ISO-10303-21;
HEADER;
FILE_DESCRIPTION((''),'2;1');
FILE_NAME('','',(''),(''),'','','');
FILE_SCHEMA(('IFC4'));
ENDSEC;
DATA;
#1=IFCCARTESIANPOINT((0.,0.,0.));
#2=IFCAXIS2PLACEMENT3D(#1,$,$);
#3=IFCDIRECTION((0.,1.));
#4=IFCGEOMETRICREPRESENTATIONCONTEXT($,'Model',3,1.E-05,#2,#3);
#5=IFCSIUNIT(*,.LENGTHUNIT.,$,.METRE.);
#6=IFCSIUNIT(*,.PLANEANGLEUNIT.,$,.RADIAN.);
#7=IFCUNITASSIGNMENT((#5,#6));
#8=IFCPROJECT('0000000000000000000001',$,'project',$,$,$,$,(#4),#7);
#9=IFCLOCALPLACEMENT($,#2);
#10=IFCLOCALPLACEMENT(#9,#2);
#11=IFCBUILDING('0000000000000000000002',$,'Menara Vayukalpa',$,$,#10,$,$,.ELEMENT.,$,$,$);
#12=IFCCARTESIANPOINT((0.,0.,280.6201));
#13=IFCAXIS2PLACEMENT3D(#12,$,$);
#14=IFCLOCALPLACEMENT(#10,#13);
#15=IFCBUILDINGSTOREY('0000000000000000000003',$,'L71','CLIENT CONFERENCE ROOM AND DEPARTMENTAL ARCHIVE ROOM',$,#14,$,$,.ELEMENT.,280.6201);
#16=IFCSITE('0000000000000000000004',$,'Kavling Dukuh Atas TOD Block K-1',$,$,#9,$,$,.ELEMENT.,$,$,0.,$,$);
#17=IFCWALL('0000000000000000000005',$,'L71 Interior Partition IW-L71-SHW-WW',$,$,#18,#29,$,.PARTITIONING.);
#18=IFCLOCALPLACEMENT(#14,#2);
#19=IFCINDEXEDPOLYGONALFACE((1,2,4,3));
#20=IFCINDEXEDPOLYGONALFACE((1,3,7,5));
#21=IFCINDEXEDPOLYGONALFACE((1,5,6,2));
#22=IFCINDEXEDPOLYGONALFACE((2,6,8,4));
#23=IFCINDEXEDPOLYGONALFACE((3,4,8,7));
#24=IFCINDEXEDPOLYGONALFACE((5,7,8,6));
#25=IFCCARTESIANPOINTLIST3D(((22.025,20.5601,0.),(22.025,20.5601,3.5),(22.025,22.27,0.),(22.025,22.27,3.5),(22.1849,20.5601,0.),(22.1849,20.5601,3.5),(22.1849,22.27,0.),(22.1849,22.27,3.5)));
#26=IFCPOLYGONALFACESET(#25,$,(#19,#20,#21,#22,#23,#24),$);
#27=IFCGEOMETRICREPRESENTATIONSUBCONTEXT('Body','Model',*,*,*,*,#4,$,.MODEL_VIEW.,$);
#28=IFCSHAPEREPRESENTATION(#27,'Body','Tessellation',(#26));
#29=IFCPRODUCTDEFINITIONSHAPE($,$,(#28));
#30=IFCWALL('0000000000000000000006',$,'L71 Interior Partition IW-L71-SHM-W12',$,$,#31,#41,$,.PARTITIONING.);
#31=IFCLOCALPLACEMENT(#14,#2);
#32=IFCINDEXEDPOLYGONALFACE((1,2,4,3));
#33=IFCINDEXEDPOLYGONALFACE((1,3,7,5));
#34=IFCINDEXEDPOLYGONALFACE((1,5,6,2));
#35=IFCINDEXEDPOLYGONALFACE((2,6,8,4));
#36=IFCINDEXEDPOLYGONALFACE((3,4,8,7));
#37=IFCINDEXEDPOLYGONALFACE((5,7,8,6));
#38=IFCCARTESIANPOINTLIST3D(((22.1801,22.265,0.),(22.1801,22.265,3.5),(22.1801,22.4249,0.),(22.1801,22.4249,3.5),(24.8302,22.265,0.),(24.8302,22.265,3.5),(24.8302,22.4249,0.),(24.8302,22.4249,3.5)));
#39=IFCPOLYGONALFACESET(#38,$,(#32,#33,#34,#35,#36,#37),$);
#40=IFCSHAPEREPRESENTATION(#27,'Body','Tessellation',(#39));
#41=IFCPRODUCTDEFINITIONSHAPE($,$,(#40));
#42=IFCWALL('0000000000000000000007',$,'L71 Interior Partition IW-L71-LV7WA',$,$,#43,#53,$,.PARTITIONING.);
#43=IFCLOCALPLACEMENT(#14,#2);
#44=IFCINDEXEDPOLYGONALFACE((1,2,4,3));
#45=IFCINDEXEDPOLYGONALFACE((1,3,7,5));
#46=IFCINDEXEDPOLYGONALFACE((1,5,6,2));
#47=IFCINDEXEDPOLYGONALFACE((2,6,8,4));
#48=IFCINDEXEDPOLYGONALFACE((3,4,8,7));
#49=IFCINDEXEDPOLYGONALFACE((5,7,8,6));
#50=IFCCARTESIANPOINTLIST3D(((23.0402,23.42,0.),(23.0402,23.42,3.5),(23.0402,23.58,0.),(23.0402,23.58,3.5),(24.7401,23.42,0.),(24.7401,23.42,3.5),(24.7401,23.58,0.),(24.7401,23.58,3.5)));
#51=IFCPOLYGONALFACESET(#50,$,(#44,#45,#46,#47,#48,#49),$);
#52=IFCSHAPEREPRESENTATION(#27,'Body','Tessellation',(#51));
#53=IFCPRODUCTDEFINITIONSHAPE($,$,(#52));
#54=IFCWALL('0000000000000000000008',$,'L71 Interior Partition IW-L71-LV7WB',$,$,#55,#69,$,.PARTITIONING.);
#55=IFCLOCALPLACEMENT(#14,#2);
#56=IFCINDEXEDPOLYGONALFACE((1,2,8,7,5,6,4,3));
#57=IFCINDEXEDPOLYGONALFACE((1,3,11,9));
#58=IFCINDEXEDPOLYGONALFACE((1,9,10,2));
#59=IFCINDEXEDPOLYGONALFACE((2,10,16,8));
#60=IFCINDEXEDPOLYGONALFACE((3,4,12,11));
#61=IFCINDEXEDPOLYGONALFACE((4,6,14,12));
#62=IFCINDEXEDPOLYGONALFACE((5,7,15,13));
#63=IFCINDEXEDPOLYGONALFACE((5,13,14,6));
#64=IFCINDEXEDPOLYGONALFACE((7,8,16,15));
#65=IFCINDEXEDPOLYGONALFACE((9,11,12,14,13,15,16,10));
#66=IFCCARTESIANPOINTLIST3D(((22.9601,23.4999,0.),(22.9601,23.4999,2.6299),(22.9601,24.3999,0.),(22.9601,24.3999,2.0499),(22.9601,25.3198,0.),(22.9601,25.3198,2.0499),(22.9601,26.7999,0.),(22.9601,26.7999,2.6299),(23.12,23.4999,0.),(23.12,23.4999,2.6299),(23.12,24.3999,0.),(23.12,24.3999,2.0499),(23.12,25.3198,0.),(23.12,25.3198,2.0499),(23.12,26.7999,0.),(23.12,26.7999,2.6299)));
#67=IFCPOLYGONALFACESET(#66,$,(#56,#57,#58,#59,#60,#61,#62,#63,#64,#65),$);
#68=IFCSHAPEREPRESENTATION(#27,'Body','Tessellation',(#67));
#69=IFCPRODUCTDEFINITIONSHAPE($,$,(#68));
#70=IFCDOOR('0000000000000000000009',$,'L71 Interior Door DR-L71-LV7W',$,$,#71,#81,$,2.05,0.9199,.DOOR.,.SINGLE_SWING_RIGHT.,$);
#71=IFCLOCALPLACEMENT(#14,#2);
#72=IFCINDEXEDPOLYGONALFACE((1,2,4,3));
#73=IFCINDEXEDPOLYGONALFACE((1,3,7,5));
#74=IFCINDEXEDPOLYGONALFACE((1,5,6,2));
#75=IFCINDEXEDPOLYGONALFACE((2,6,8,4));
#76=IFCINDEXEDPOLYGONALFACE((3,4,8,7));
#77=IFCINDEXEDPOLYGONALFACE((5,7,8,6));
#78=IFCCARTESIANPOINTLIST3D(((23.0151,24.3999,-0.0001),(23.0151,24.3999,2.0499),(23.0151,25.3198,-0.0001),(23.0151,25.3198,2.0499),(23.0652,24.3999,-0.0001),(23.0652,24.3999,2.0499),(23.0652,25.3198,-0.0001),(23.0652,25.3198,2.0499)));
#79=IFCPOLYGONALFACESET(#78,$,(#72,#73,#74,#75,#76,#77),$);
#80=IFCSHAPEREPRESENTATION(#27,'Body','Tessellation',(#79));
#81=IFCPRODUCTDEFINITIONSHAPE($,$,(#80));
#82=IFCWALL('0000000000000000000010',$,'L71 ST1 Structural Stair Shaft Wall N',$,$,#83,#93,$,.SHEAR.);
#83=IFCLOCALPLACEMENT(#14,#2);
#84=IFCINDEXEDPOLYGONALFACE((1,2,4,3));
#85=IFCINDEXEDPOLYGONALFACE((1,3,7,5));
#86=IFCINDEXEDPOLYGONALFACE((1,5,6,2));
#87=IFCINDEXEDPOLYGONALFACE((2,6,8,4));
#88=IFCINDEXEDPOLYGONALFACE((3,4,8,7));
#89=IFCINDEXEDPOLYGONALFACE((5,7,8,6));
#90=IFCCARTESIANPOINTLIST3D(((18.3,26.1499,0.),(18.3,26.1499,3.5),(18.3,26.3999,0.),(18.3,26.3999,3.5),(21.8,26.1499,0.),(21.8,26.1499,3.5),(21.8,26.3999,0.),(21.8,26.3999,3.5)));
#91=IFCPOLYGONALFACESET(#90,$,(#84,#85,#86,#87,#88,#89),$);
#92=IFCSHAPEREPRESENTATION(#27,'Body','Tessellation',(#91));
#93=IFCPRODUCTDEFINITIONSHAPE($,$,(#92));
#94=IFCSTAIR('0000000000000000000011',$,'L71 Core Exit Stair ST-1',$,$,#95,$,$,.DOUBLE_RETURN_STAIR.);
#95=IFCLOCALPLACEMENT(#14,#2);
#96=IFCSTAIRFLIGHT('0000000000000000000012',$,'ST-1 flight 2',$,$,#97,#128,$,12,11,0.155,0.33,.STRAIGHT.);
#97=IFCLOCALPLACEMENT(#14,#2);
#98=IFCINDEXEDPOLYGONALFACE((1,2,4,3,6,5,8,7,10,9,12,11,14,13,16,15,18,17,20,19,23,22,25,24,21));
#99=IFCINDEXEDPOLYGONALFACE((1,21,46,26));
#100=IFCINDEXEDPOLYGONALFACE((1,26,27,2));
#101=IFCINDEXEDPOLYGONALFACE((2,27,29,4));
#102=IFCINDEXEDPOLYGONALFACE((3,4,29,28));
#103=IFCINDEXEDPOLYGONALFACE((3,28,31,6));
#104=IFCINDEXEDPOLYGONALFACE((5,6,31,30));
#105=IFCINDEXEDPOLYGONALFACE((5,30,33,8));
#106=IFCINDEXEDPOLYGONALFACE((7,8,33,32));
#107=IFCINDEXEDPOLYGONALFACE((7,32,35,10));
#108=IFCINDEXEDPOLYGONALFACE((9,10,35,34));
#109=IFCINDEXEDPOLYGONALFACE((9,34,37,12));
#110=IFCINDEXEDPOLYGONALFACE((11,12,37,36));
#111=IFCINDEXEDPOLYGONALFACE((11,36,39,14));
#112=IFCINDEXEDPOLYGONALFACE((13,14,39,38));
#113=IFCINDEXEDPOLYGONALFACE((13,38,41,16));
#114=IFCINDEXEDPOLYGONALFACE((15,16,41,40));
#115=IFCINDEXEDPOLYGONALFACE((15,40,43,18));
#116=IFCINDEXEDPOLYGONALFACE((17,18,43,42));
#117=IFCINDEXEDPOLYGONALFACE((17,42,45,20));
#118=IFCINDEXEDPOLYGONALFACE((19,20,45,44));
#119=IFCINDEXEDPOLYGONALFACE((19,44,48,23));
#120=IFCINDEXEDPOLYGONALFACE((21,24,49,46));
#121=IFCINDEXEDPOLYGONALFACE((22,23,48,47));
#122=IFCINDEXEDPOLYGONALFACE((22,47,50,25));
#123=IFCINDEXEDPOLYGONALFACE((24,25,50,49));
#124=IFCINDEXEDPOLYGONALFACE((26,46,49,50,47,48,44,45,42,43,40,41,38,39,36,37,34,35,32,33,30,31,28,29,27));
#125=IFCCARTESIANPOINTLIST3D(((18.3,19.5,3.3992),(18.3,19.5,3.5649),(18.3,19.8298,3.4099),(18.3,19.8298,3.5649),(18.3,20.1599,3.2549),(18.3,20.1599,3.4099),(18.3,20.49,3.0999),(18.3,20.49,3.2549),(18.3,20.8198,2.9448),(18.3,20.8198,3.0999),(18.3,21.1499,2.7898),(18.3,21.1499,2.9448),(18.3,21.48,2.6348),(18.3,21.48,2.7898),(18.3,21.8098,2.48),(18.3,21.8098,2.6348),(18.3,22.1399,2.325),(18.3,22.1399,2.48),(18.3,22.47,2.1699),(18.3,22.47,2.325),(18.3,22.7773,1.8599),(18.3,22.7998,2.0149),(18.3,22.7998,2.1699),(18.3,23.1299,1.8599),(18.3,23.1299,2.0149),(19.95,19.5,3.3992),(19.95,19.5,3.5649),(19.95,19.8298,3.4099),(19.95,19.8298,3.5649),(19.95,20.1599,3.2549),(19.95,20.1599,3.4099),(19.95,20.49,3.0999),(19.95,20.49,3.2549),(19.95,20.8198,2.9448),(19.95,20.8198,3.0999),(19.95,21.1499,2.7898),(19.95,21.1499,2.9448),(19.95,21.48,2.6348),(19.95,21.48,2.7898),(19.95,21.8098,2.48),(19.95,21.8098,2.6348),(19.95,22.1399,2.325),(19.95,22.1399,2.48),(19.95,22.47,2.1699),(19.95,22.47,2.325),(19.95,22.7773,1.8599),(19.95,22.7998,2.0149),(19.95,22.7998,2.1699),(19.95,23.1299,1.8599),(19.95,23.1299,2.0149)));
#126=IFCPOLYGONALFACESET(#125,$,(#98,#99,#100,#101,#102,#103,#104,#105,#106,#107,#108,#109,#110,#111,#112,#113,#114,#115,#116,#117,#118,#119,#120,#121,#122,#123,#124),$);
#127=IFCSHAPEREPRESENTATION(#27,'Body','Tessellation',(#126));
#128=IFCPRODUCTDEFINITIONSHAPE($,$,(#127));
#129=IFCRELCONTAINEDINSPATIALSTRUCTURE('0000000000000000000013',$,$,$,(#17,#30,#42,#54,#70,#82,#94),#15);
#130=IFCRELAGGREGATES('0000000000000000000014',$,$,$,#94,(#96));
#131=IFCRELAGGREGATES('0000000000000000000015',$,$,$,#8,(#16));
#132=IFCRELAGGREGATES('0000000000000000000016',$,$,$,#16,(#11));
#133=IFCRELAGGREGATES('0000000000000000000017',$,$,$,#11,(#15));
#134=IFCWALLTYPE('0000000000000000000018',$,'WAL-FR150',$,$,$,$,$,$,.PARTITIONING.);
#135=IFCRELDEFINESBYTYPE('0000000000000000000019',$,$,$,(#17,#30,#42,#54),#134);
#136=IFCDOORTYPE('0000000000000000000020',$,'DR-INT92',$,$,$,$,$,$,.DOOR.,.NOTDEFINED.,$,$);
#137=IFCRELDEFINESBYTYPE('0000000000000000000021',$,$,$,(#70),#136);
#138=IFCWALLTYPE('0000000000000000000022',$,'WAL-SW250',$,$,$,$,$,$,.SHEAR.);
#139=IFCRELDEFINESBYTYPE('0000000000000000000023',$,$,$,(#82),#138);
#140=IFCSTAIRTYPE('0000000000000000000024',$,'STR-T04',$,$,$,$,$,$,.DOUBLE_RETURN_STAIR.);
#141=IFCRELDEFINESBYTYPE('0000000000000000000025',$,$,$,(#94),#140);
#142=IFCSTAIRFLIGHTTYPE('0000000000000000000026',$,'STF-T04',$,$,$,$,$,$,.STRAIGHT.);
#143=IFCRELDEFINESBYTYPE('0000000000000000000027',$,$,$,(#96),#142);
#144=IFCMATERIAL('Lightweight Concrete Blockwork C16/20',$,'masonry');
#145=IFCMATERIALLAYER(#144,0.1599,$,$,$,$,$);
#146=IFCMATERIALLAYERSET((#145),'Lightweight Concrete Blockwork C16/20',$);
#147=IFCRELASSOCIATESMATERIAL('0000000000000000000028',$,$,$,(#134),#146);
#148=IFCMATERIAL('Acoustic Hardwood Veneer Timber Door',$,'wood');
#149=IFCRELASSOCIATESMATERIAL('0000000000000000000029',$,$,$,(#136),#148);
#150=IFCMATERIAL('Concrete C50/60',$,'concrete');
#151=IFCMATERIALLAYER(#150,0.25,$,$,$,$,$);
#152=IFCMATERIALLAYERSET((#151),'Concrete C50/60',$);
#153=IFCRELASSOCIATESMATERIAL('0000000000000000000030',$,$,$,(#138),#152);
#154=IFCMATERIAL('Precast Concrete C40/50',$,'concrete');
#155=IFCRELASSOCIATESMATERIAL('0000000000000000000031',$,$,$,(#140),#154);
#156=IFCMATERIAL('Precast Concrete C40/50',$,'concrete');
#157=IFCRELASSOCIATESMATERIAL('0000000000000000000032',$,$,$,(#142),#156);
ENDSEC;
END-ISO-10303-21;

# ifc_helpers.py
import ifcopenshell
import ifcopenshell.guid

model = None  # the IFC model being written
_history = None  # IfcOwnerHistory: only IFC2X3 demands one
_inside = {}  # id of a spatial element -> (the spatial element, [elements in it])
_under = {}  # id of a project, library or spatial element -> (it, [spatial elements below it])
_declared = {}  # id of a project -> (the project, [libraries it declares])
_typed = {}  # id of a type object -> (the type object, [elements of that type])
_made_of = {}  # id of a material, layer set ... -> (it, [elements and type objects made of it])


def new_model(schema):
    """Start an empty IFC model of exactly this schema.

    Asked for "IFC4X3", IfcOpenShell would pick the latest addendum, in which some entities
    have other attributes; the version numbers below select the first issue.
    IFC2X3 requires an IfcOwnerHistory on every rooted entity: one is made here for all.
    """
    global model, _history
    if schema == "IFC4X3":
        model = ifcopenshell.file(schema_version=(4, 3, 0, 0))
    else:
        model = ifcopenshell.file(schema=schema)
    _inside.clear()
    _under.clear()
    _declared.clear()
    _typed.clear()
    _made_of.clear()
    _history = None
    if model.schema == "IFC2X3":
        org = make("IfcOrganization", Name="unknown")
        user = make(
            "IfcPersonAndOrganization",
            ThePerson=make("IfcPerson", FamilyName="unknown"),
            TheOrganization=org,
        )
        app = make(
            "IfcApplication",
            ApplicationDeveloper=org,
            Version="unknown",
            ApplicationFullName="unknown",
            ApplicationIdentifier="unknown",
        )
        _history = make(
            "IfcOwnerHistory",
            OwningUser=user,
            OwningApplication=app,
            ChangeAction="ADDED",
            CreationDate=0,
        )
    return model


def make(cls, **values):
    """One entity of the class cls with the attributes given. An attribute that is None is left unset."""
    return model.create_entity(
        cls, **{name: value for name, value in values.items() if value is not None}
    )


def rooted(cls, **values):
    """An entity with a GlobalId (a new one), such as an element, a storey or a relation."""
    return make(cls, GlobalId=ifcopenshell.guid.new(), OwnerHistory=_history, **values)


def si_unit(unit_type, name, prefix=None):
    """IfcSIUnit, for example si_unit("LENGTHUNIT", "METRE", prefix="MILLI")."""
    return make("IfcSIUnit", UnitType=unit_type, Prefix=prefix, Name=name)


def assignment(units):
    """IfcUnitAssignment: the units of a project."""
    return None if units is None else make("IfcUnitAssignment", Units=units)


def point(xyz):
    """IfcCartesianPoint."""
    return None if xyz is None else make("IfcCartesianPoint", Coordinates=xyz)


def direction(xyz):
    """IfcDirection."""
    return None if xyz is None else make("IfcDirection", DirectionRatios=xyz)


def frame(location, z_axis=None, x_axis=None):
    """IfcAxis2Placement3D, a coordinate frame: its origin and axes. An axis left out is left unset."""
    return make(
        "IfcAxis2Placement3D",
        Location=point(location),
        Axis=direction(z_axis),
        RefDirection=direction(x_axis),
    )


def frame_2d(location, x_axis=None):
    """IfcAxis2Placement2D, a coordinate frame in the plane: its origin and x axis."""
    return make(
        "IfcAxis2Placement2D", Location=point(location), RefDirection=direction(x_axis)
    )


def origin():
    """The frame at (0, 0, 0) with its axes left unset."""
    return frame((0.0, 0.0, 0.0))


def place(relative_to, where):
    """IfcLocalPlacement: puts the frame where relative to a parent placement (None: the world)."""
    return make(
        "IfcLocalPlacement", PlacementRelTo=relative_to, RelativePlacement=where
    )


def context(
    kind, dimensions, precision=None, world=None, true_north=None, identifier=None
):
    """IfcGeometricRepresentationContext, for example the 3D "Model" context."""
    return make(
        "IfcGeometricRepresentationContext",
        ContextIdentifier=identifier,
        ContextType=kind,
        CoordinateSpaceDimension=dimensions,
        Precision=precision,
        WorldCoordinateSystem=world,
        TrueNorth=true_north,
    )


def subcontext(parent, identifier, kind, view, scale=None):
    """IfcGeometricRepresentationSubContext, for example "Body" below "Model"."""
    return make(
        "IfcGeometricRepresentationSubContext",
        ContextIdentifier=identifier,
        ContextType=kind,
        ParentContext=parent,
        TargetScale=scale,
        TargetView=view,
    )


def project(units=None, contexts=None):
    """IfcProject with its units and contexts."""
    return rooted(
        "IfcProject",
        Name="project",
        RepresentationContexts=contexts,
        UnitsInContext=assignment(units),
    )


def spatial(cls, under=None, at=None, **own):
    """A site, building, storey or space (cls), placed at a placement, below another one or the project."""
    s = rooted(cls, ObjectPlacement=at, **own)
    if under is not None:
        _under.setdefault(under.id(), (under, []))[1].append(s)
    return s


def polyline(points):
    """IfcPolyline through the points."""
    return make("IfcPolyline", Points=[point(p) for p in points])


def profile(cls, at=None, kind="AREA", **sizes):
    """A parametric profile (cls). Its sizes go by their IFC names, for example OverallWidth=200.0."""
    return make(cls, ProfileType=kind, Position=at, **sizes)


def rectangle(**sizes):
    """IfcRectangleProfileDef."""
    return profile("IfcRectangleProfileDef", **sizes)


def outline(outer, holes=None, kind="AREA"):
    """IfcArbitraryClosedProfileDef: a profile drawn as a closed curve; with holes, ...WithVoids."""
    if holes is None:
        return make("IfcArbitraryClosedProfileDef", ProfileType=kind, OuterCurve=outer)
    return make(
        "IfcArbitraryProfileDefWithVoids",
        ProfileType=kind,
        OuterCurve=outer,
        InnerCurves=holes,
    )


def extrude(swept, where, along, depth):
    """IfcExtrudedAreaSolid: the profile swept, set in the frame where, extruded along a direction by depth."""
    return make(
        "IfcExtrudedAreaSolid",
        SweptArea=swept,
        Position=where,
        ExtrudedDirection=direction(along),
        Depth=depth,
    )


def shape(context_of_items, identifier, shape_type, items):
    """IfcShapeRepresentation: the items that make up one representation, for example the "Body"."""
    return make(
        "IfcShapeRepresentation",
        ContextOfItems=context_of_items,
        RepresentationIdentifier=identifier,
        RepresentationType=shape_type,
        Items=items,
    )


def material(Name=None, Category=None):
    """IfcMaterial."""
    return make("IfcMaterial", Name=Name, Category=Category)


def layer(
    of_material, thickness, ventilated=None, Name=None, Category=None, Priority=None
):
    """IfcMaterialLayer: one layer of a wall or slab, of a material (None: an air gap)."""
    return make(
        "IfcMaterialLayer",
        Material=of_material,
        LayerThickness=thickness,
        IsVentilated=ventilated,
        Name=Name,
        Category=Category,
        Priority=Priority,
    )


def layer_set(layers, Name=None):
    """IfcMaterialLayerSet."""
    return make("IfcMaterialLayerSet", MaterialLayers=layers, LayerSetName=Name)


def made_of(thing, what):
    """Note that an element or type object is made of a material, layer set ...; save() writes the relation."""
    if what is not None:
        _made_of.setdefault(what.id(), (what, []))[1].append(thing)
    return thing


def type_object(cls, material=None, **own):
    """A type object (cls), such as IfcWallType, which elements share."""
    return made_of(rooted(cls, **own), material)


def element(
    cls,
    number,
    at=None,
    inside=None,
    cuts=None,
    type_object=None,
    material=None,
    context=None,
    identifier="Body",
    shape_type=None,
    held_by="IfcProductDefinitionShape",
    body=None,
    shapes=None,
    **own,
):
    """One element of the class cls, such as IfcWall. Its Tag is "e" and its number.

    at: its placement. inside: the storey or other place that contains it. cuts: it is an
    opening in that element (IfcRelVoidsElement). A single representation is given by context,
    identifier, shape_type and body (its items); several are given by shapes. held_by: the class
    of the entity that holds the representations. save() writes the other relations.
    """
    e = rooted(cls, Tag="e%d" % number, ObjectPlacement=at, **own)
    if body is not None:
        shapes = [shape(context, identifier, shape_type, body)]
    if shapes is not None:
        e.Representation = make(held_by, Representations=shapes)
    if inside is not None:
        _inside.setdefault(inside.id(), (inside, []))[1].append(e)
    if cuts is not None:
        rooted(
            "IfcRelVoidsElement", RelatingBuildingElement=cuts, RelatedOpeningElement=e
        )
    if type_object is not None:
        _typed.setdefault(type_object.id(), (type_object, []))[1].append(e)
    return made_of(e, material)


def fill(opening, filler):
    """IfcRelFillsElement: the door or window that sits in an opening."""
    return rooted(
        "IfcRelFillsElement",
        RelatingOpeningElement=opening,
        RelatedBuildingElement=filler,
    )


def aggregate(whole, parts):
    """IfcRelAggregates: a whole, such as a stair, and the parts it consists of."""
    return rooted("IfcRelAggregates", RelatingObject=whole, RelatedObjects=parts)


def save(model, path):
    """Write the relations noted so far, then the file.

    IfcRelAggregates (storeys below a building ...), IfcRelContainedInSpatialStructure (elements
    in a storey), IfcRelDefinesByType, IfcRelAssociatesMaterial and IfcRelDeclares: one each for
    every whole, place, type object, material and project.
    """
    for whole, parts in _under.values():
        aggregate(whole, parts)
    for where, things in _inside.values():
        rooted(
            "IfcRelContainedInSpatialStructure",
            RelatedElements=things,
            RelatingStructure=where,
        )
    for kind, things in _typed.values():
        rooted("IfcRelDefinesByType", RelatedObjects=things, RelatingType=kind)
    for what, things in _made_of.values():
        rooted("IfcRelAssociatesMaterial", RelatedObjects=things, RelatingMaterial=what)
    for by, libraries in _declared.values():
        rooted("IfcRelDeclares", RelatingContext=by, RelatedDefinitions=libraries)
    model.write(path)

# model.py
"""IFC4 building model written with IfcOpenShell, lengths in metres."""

from ifc_helpers import new_model, si_unit, direction, frame, frame_2d, origin, place, context, subcontext, project, spatial, polyline, rectangle, outline, extrude, material, layer, layer_set, type_object, element, fill, aggregate, save


model = new_model("IFC4")

# Units and contexts
model_context = context("Model", 3, precision=1e-05, world=origin(), true_north=direction((0.0, 1.0)))
body_context = subcontext(model_context, "Body", "Model", "MODEL_VIEW")
ifc_project = project(units=[si_unit("LENGTHUNIT", "METRE"), si_unit("PLANEANGLEUNIT", "RADIAN")], contexts=[model_context])

# Site, building, storey
site_placement = place(None, origin())
site = spatial("IfcSite", under=ifc_project, at=site_placement, Name="Kavling Dukuh Atas TOD Block K-1", CompositionType="ELEMENT", RefElevation=0.0)
building_placement = place(site_placement, origin())
building = spatial("IfcBuilding", under=site, at=building_placement, Name="Menara Vayukalpa", CompositionType="ELEMENT")
storey_placement = place(building_placement, frame((0.0, 0.0, 280.6201)))
storey = spatial("IfcBuildingStorey", under=building, at=storey_placement, Name="L71", Description="CLIENT CONFERENCE ROOM AND DEPARTMENTAL ARCHIVE ROOM", CompositionType="ELEMENT", Elevation=280.6201)

# Walls
ifc_material_1 = material(Name="Lightweight Concrete Blockwork C16/20", Category="masonry")
ifc_layer_1 = layer(ifc_material_1, 0.1599)
ifc_layer_set_1 = layer_set([ifc_layer_1], Name="Lightweight Concrete Blockwork C16/20")
wall_type_1 = type_object("IfcWallType", Name="WAL-FR150", PredefinedType="PARTITIONING", material=ifc_layer_set_1)
wall_1_placement = place(storey_placement, frame((22.105, 20.5601, 0.0), z_axis=(0.0, 0.0, 1.0), x_axis=(0.0, 1.0, 0.0)))
element("IfcWall", 1, at=wall_1_placement, inside=storey, type_object=wall_type_1, Name="L71 Interior Partition IW-L71-SHW-WW", PredefinedType="PARTITIONING", context=body_context, shape_type="SweptSolid", body=[
    extrude(rectangle(XDim=1.71, YDim=0.1599, at=frame_2d((0.855, 0.0))), origin(), (0.0, 0.0, 1.0), 3.5),
])
wall_2_placement = place(storey_placement, frame((22.1799, 22.345, 0.0), z_axis=(0.0, 0.0, 1.0), x_axis=(1.0, 0.0, 0.0)))
element("IfcWall", 2, at=wall_2_placement, inside=storey, type_object=wall_type_1, Name="L71 Interior Partition IW-L71-SHM-W12", PredefinedType="PARTITIONING", context=body_context, shape_type="SweptSolid", body=[
    extrude(rectangle(XDim=2.6501, YDim=0.1599, at=frame_2d((1.3252, 0.0))), origin(), (0.0, 0.0, 1.0), 3.5),
])
wall_3_placement = place(storey_placement, frame((23.04, 23.5, 0.0), z_axis=(0.0, 0.0, 1.0), x_axis=(1.0, 0.0, 0.0)))
element("IfcWall", 3, at=wall_3_placement, inside=storey, type_object=wall_type_1, Name="L71 Interior Partition IW-L71-LV7WA", PredefinedType="PARTITIONING", context=body_context, shape_type="SweptSolid", body=[
    extrude(rectangle(XDim=1.7, YDim=0.1599, at=frame_2d((0.8501, 0.0))), origin(), (0.0, 0.0, 1.0), 3.5),
])

# Wall, opening, door
wall_4_placement = place(storey_placement, frame((23.04, 23.5, 0.0), z_axis=(0.0, 0.0, 1.0), x_axis=(0.0, 1.0, 0.0)))
wall_4 = element("IfcWall", 4, at=wall_4_placement, inside=storey, type_object=wall_type_1, Name="L71 Interior Partition IW-L71-LV7WB", PredefinedType="PARTITIONING", context=body_context, shape_type="SweptSolid", body=[
    extrude(rectangle(XDim=3.3, YDim=0.1599, at=frame_2d((1.6499, 0.0))), origin(), (0.0, 0.0, 1.0), 2.6299),
])
opening_placement = place(wall_4_placement, frame((0.8999, 0.0, 0.0)))
opening = element("IfcOpeningElement", 5, at=opening_placement, cuts=wall_4, PredefinedType="OPENING", context=body_context, shape_type="SweptSolid", body=[
    extrude(rectangle(XDim=0.9199, YDim=2.05, at=frame_2d((0.46, 1.0249))), frame((0.0, 0.0898, 0.0), z_axis=(0.0, -1.0, 0.0), x_axis=(1.0, 0.0, 0.0)), (0.0, 0.0, 1.0), 0.1799),
])
ifc_material_2 = material(Name="Acoustic Hardwood Veneer Timber Door", Category="wood")
door_type = type_object("IfcDoorType", Name="DR-INT92", OperationType="NOTDEFINED", PredefinedType="DOOR", material=ifc_material_2)
door_placement = place(opening_placement, origin())
door = element("IfcDoor", 6, at=door_placement, inside=storey, type_object=door_type, Name="L71 Interior Door DR-L71-LV7W", OperationType="SINGLE_SWING_RIGHT", OverallHeight=2.05, OverallWidth=0.9199, PredefinedType="DOOR", context=body_context, shape_type="SweptSolid", body=[
    extrude(rectangle(XDim=0.9199, YDim=2.05, at=frame_2d((0.46, 1.0249))), frame((0.0, 0.0249, 0.0), z_axis=(0.0, -1.0, 0.0), x_axis=(1.0, 0.0, 0.0)), (0.0, 0.0, 1.0), 0.05),
])
fill(opening, door)

# Wall
ifc_material_3 = material(Name="Concrete C50/60", Category="concrete")
ifc_layer_2 = layer(ifc_material_3, 0.25)
ifc_layer_set_2 = layer_set([ifc_layer_2], Name="Concrete C50/60")
wall_type_2 = type_object("IfcWallType", Name="WAL-SW250", PredefinedType="SHEAR", material=ifc_layer_set_2)
wall_5_placement = place(storey_placement, frame((18.3, 26.2749, 0.0), z_axis=(0.0, 0.0, 1.0), x_axis=(1.0, 0.0, 0.0)))
element("IfcWall", 7, at=wall_5_placement, inside=storey, type_object=wall_type_2, Name="L71 ST1 Structural Stair Shaft Wall N", PredefinedType="SHEAR", context=body_context, shape_type="SweptSolid", body=[
    extrude(rectangle(XDim=3.5, YDim=0.25, at=frame_2d((1.75, 0.0))), origin(), (0.0, 0.0, 1.0), 3.5),
])

# Stair, stair flight
ifc_material_4 = material(Name="Precast Concrete C40/50", Category="concrete")
stair_type = type_object("IfcStairType", Name="STR-T04", PredefinedType="DOUBLE_RETURN_STAIR", material=ifc_material_4)
stair_placement = place(storey_placement, origin())
stair = element("IfcStair", 8, at=stair_placement, inside=storey, type_object=stair_type, Name="L71 Core Exit Stair ST-1", PredefinedType="DOUBLE_RETURN_STAIR")
ifc_material_5 = material(Name="Precast Concrete C40/50", Category="concrete")
stair_flight_type = type_object("IfcStairFlightType", Name="STF-T04", PredefinedType="STRAIGHT", material=ifc_material_5)
stair_flight_placement = place(storey_placement, frame((19.125, 23.1299, 1.8599), z_axis=(0.0, 0.0, 1.0), x_axis=(0.0, -1.0, 0.0)))
stair_flight = element("IfcStairFlight", 9, at=stair_flight_placement, type_object=stair_flight_type, Name="ST-1 flight 2", NumberOfRisers=12, NumberOfTreads=11, PredefinedType="STRAIGHT", RiserHeight=0.155, TreadLength=0.33, context=body_context, shape_type="SweptSolid", body=[
    extrude(outline(polyline([(0.0, 0.0), (0.0, 0.155), (0.3301, 0.155), (0.3301, 0.3101), (0.6599, 0.3101), (0.6599, 0.4651), (0.99, 0.4651), (0.99, 0.6201), (1.3201, 0.6201), (1.3201, 0.7749), (1.6499, 0.7749), (1.6499, 0.9299), (1.98, 0.9299), (1.98, 1.085), (2.3101, 1.085), (2.3101, 1.24), (2.6399, 1.24), (2.6399, 1.395), (2.97, 1.395), (2.97, 1.55), (3.3, 1.55), (3.3, 1.7051), (3.6299, 1.7051), (3.6299, 1.8601), (3.6299, 1.5393), (0.3525, 0.0), (0.0, 0.0)])), frame((0.0, 0.825, 0.0), z_axis=(0.0, -1.0, 0.0), x_axis=(1.0, 0.0, 0.0)), (0.0, 0.0, 1.0), 1.6499),
])
aggregate(stair, [stair_flight])

save(model, "model.ifc")
